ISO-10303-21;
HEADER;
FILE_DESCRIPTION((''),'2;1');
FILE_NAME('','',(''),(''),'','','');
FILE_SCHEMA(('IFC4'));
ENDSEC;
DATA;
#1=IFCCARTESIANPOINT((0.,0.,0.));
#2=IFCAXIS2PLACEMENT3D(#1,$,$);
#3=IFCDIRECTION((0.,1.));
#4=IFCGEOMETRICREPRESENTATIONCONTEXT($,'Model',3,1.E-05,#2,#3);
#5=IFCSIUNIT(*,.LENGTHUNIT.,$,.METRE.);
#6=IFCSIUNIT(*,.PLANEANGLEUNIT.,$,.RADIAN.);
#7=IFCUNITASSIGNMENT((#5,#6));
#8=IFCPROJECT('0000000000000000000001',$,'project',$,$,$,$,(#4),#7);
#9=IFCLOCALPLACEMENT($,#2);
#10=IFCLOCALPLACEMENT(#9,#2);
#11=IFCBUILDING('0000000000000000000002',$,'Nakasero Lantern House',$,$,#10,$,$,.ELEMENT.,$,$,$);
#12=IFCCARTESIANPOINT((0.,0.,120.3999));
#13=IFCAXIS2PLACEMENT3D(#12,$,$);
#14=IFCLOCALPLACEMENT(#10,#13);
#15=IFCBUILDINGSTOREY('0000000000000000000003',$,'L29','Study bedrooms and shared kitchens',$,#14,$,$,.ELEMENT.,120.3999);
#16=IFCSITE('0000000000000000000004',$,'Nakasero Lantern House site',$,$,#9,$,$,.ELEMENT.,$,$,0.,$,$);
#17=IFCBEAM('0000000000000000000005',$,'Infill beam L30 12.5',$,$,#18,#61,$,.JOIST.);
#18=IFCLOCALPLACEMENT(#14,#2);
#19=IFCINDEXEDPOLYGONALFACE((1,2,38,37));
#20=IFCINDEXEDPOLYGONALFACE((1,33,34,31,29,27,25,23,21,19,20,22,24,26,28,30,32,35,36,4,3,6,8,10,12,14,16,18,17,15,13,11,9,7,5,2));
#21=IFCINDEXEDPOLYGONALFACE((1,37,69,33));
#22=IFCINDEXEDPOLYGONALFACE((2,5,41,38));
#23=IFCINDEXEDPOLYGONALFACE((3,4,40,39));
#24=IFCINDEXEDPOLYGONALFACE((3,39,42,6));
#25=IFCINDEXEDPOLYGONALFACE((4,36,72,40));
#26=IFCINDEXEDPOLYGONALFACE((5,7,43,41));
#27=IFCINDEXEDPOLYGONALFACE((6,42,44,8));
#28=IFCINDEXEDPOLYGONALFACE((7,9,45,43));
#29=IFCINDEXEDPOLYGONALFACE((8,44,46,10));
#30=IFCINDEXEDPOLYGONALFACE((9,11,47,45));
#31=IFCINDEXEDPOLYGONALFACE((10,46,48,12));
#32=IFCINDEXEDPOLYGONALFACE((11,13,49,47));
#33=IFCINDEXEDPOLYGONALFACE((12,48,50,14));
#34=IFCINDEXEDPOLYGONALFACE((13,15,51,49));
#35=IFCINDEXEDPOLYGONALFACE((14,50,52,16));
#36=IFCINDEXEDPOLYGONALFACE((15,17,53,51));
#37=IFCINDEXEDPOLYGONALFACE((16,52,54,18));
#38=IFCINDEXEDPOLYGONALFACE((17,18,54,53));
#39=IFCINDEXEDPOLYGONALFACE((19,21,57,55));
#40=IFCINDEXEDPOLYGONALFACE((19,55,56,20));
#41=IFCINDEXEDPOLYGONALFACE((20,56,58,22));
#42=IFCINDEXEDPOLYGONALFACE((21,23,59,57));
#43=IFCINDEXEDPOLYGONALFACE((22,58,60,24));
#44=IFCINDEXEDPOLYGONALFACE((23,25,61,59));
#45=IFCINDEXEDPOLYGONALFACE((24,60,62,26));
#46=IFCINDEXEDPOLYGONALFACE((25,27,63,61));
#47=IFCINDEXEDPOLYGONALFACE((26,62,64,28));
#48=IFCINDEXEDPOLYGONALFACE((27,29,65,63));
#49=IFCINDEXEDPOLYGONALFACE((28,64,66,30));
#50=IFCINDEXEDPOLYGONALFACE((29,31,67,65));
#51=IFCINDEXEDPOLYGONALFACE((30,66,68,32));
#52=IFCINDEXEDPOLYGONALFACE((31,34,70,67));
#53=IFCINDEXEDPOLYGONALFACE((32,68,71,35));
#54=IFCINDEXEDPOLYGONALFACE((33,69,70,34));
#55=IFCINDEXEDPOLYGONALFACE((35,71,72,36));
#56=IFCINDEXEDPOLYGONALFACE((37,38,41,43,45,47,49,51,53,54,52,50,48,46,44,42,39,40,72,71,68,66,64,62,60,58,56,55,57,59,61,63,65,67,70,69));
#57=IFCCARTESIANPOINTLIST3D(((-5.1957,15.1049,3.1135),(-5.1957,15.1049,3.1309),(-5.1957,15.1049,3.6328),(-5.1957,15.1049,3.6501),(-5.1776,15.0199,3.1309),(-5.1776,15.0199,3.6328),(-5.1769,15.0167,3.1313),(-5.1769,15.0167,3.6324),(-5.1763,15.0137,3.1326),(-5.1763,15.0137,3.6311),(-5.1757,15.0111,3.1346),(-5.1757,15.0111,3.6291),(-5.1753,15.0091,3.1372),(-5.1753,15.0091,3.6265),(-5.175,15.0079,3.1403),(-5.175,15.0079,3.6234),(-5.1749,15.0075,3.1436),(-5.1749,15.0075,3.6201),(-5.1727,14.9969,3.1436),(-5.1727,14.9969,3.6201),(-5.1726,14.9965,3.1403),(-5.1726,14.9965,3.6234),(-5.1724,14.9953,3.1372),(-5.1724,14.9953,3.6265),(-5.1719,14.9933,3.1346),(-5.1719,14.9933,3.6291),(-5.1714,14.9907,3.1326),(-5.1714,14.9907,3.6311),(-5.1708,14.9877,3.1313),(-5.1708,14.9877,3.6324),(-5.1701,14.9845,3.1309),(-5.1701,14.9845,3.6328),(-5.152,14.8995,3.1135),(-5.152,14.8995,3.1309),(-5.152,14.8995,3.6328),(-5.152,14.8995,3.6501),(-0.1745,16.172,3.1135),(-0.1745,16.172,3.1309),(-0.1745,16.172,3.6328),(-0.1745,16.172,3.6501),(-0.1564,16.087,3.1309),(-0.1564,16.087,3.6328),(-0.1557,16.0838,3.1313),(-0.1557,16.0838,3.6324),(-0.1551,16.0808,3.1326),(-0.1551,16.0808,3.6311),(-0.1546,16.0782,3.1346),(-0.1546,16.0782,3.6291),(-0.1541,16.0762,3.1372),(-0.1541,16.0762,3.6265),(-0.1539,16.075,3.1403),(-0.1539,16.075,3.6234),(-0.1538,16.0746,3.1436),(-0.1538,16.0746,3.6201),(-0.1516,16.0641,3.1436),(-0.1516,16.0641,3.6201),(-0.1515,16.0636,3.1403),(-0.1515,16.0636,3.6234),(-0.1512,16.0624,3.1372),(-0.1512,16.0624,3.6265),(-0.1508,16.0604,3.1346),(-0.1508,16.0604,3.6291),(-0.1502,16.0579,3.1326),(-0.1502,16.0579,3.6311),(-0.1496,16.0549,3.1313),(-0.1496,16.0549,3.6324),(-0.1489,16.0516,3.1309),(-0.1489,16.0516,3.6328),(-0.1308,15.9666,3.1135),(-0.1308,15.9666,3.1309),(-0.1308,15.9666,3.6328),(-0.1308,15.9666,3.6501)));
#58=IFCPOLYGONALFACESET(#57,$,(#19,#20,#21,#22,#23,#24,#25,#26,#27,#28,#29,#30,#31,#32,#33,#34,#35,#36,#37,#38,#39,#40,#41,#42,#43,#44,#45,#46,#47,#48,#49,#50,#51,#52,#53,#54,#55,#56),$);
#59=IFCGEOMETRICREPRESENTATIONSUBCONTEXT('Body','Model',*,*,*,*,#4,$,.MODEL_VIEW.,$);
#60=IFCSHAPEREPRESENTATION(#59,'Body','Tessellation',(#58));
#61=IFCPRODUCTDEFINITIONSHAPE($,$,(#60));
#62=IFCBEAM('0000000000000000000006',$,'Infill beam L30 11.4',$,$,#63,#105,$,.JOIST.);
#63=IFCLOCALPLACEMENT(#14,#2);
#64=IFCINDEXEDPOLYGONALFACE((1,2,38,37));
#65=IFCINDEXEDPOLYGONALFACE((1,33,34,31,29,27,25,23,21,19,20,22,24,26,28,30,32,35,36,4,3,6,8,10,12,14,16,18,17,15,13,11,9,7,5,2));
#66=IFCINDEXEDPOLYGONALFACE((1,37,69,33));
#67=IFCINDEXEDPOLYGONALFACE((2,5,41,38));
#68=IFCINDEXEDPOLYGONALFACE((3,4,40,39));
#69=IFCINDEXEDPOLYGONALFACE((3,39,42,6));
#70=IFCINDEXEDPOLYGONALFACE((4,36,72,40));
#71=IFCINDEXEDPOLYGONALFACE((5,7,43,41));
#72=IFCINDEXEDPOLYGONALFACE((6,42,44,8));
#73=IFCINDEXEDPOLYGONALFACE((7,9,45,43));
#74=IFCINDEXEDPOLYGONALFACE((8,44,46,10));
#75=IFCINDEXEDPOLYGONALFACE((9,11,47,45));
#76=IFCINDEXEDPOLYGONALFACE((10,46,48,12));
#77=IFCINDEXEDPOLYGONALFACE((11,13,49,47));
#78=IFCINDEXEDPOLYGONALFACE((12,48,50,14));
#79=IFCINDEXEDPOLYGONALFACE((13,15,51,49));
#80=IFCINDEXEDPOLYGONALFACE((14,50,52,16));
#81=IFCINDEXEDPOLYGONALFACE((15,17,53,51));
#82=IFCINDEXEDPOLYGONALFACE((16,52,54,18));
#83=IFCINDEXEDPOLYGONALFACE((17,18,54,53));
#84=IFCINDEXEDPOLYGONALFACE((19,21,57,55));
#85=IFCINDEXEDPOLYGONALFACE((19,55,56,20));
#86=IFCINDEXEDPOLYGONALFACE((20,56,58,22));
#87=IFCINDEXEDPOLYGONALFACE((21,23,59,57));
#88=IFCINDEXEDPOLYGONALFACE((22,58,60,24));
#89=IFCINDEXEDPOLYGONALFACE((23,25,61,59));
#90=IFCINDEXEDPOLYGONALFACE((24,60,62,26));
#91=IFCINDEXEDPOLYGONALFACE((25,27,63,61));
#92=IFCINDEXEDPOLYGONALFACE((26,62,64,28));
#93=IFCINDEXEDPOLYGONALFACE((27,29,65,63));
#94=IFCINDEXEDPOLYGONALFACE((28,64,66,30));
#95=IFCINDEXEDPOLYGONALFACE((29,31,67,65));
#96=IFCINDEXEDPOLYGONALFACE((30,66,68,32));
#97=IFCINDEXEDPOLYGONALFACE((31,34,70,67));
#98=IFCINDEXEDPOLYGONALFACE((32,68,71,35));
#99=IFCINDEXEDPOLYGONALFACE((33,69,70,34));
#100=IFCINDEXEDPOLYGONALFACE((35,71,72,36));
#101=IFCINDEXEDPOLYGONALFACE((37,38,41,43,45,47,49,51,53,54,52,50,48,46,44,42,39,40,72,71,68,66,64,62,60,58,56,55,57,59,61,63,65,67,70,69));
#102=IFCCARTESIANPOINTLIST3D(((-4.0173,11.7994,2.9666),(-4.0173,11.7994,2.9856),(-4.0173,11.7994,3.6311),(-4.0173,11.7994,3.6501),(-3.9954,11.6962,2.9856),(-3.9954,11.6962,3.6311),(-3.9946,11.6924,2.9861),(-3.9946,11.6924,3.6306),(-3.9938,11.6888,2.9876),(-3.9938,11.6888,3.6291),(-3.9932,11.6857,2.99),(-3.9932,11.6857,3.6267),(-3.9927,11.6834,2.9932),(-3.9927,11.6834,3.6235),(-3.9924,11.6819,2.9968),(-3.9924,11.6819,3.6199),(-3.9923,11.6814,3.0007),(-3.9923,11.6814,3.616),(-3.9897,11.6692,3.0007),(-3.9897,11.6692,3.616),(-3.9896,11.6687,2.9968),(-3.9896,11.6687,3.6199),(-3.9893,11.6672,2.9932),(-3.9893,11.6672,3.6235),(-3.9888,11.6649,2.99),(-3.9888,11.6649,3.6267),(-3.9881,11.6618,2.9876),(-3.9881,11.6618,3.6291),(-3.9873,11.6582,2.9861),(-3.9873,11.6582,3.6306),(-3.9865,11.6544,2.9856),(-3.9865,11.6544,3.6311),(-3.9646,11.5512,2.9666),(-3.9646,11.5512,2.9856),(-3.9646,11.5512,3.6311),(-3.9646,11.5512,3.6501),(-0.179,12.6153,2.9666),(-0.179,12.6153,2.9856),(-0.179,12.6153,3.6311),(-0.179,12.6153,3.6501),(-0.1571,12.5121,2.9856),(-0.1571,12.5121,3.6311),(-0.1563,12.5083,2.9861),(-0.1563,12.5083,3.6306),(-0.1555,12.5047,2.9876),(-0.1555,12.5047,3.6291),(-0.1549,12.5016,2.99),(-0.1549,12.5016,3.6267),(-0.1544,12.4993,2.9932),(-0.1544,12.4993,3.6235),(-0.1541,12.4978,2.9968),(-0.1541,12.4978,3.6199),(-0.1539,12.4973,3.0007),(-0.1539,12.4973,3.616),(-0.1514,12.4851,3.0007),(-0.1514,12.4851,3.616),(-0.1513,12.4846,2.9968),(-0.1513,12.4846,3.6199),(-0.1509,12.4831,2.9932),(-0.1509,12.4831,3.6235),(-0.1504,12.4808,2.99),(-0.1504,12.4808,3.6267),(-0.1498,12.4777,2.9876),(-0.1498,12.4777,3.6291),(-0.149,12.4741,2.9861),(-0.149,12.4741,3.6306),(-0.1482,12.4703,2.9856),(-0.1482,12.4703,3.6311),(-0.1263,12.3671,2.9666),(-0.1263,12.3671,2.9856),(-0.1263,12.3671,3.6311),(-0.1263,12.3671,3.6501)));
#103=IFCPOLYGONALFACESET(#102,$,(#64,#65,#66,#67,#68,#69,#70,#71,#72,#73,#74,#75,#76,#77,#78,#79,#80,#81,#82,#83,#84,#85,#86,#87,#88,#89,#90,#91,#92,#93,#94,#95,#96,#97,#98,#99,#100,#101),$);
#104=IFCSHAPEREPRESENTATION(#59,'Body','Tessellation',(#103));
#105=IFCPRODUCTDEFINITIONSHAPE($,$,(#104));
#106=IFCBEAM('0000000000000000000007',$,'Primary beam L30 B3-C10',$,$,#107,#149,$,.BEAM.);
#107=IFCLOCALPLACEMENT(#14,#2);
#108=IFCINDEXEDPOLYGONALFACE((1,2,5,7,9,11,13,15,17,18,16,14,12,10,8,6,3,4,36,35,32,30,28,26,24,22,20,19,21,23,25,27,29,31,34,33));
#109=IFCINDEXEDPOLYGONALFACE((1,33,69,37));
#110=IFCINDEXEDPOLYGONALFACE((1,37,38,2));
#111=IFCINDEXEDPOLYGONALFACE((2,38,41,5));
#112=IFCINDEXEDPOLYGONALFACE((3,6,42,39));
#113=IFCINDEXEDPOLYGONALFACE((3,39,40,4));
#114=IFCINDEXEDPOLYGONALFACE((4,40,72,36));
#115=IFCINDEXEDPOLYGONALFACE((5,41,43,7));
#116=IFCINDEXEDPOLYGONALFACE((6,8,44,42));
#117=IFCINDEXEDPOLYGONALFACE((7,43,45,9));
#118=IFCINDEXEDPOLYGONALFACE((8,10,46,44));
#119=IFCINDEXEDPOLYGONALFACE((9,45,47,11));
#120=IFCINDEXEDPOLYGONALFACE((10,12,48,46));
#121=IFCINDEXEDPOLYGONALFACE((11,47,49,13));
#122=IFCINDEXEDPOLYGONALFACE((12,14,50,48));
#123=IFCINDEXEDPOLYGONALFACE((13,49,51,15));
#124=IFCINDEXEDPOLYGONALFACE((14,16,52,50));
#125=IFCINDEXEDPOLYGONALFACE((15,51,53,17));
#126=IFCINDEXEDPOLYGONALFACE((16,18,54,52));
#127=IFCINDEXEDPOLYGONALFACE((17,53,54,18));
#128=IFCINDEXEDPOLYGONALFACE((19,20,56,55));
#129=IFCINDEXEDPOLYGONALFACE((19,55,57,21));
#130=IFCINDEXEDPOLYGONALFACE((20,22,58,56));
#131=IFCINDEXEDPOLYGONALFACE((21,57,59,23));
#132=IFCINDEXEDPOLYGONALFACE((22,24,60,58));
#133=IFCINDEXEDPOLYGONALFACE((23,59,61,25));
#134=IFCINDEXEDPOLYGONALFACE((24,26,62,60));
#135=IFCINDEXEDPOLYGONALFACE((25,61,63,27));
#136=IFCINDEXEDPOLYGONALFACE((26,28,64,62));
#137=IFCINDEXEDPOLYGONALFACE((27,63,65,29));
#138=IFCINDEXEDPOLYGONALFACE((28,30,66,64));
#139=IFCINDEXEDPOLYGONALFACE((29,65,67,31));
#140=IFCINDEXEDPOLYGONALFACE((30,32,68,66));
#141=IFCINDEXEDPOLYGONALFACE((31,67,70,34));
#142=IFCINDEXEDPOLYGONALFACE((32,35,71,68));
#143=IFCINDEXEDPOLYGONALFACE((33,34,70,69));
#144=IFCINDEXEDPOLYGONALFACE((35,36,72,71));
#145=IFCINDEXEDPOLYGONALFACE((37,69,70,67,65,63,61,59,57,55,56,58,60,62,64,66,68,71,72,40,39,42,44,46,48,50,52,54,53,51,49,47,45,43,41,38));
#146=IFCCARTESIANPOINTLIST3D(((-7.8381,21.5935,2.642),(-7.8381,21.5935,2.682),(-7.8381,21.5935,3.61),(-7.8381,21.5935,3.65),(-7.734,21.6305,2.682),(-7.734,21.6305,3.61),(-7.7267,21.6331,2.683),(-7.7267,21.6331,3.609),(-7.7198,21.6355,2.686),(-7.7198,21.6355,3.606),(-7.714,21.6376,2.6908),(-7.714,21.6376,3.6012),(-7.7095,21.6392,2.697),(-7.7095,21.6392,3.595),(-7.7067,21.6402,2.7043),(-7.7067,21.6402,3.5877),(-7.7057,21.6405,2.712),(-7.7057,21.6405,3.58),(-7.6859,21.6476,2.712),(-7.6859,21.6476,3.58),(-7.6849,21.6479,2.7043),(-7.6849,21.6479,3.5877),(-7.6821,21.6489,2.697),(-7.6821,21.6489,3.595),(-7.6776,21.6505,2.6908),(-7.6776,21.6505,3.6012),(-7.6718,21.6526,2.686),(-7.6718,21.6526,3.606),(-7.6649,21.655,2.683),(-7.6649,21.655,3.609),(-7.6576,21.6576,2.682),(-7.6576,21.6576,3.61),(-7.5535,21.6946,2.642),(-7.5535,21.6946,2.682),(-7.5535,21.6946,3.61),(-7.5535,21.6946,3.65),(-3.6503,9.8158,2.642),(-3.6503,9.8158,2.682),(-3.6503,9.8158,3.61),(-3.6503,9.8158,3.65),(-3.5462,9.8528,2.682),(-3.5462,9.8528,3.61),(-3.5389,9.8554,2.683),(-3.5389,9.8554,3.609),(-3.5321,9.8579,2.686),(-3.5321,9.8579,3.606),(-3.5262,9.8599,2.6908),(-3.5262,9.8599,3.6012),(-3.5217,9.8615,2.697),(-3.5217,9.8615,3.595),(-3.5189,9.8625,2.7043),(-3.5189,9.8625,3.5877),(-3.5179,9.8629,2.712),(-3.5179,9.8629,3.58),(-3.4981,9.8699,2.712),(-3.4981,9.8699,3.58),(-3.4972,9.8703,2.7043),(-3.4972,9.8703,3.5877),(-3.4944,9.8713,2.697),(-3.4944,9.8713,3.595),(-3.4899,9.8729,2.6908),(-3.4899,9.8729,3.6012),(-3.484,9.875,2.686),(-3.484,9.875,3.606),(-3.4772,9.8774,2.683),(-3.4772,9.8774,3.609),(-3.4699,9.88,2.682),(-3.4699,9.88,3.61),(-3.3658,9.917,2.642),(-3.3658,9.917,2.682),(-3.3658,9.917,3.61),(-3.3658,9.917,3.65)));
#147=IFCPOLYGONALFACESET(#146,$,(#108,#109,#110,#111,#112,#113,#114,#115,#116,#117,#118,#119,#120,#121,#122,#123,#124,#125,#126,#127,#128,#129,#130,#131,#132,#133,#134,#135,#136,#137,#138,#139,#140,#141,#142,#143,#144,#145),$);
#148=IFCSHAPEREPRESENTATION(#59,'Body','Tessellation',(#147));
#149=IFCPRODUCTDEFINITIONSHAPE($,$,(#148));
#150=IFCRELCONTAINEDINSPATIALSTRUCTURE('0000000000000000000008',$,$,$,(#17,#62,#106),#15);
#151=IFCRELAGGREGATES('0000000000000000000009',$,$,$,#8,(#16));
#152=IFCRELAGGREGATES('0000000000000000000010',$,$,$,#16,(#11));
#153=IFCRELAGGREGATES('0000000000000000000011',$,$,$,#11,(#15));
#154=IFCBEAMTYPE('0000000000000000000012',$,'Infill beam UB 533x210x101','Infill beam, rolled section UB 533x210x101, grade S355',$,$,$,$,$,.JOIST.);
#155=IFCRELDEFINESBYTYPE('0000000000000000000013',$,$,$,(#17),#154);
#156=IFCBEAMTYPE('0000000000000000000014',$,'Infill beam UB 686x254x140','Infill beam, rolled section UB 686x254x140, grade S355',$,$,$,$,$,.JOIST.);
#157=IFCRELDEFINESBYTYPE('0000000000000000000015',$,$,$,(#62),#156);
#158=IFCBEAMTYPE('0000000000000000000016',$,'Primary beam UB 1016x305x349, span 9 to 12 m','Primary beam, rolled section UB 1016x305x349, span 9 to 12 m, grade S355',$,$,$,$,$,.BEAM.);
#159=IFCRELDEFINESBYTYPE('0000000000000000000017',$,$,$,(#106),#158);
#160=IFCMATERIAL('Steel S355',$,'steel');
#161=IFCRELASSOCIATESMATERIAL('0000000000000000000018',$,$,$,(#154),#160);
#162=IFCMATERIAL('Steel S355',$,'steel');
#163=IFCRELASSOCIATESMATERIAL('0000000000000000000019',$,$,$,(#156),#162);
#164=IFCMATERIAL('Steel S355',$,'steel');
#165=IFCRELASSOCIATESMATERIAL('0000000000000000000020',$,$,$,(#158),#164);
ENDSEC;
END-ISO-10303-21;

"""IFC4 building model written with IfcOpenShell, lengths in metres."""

from ifc_helpers import new_model, si_unit, direction, frame, origin, origin_2d, place, context, subcontext, project, spatial, i_section, extrude, material, material_profile, profile_set, type_object, element, save


model = new_model("IFC4")

# Units and contexts
model_context = context("Model", 3, precision=1e-05, world=origin(), true_north=direction((0.0, 1.0)))
body_context = subcontext(model_context, "Body", "Model", "MODEL_VIEW")
ifc_project = project(units=[si_unit("LENGTHUNIT", "METRE"), si_unit("PLANEANGLEUNIT", "RADIAN")], contexts=[model_context])

# Site, building, storey
site_placement = place(None, origin())
site = spatial("IfcSite", under=ifc_project, at=site_placement, Name="Nakasero Lantern House site", CompositionType="ELEMENT", RefElevation=0.0)
building_placement = place(site_placement, origin())
building = spatial("IfcBuilding", under=site, at=building_placement, Name="Nakasero Lantern House", CompositionType="ELEMENT")
storey_placement = place(building_placement, frame((0.0, 0.0, 120.3999)))
storey = spatial("IfcBuildingStorey", under=building, at=storey_placement, Name="L29", Description="Study bedrooms and shared kitchens", CompositionType="ELEMENT", Elevation=120.3999)

# Beams
ifc_material_1 = material(Name="Steel S355", Category="steel")
ifc_material_profile_1 = material_profile(ifc_material_1, i_section(OverallWidth=0.21, OverallDepth=0.5366, WebThickness=0.0107, FlangeThickness=0.0173, FilletRadius=0.0127, at=origin_2d()), Name="UB 533x210x101")
ifc_profile_set_1 = profile_set([ifc_material_profile_1], Name="Steel S355")
beam_type_1 = type_object("IfcBeamType", Name="Infill beam UB 533x210x101", Description="Infill beam, rolled section UB 533x210x101, grade S355", PredefinedType="JOIST", material=ifc_profile_set_1)
beam_1_placement = place(storey_placement, frame((-5.1738, 15.0022, 3.3818), z_axis=(0.978154, 0.207882, 0.0), x_axis=(-0.207882, 0.978154, 0.0)))
element("IfcBeam", 1, at=beam_1_placement, inside=storey, type_object=beam_type_1, Name="Infill beam L30 12.5", PredefinedType="JOIST", context=body_context, shape_type="SweptSolid", body=[
    extrude(i_section(OverallWidth=0.21, OverallDepth=0.5366, WebThickness=0.0107, FlangeThickness=0.0173, FilletRadius=0.0127, at=origin_2d()), origin(), (0.0, 0.0, 1.0), 5.1333),
])
ifc_material_2 = material(Name="Steel S355", Category="steel")
ifc_material_profile_2 = material_profile(ifc_material_2, i_section(OverallWidth=0.2537, OverallDepth=0.6836, WebThickness=0.0125, FlangeThickness=0.019, FilletRadius=0.0151, at=origin_2d()), Name="UB 686x254x140")
ifc_profile_set_2 = profile_set([ifc_material_profile_2], Name="Steel S355")
beam_type_2 = type_object("IfcBeamType", Name="Infill beam UB 686x254x140", Description="Infill beam, rolled section UB 686x254x140, grade S355", PredefinedType="JOIST", material=ifc_profile_set_2)
beam_2_placement = place(storey_placement, frame((-3.991, 11.6753, 3.3083), z_axis=(0.978145, 0.207923, 0.0), x_axis=(-0.207923, 0.978145, 0.0)))
element("IfcBeam", 2, at=beam_2_placement, inside=storey, type_object=beam_type_2, Name="Infill beam L30 11.4", PredefinedType="JOIST", context=body_context, shape_type="SweptSolid", body=[
    extrude(i_section(OverallWidth=0.2537, OverallDepth=0.6836, WebThickness=0.0125, FlangeThickness=0.019, FilletRadius=0.0151, at=origin_2d()), origin(), (0.0, 0.0, 1.0), 3.9241),
])
ifc_material_3 = material(Name="Steel S355", Category="steel")
ifc_material_profile_3 = material_profile(ifc_material_3, i_section(OverallWidth=0.302, OverallDepth=1.0081, WebThickness=0.021, FlangeThickness=0.04, FilletRadius=0.03, at=origin_2d()), Name="UB 1016x305x349")
ifc_profile_set_3 = profile_set([ifc_material_profile_3], Name="Steel S355")
beam_type_3 = type_object("IfcBeamType", Name="Primary beam UB 1016x305x349, span 9 to 12 m", Description="Primary beam, rolled section UB 1016x305x349, span 9 to 12 m, grade S355", PredefinedType="BEAM", material=ifc_profile_set_3)
beam_3_placement = place(storey_placement, frame((-7.6958, 21.644, 3.146), z_axis=(0.335021, -0.942211, 0.0), x_axis=(0.942211, 0.335021, 0.0)))
element("IfcBeam", 3, at=beam_3_placement, inside=storey, type_object=beam_type_3, Name="Primary beam L30 B3-C10", PredefinedType="BEAM", context=body_context, shape_type="SweptSolid", body=[
    extrude(i_section(OverallWidth=0.302, OverallDepth=1.0081, WebThickness=0.021, FlangeThickness=0.04, FilletRadius=0.03, at=origin_2d()), origin(), (0.0, 0.0, 1.0), 12.5),
])

save(model, "model.ifc")
